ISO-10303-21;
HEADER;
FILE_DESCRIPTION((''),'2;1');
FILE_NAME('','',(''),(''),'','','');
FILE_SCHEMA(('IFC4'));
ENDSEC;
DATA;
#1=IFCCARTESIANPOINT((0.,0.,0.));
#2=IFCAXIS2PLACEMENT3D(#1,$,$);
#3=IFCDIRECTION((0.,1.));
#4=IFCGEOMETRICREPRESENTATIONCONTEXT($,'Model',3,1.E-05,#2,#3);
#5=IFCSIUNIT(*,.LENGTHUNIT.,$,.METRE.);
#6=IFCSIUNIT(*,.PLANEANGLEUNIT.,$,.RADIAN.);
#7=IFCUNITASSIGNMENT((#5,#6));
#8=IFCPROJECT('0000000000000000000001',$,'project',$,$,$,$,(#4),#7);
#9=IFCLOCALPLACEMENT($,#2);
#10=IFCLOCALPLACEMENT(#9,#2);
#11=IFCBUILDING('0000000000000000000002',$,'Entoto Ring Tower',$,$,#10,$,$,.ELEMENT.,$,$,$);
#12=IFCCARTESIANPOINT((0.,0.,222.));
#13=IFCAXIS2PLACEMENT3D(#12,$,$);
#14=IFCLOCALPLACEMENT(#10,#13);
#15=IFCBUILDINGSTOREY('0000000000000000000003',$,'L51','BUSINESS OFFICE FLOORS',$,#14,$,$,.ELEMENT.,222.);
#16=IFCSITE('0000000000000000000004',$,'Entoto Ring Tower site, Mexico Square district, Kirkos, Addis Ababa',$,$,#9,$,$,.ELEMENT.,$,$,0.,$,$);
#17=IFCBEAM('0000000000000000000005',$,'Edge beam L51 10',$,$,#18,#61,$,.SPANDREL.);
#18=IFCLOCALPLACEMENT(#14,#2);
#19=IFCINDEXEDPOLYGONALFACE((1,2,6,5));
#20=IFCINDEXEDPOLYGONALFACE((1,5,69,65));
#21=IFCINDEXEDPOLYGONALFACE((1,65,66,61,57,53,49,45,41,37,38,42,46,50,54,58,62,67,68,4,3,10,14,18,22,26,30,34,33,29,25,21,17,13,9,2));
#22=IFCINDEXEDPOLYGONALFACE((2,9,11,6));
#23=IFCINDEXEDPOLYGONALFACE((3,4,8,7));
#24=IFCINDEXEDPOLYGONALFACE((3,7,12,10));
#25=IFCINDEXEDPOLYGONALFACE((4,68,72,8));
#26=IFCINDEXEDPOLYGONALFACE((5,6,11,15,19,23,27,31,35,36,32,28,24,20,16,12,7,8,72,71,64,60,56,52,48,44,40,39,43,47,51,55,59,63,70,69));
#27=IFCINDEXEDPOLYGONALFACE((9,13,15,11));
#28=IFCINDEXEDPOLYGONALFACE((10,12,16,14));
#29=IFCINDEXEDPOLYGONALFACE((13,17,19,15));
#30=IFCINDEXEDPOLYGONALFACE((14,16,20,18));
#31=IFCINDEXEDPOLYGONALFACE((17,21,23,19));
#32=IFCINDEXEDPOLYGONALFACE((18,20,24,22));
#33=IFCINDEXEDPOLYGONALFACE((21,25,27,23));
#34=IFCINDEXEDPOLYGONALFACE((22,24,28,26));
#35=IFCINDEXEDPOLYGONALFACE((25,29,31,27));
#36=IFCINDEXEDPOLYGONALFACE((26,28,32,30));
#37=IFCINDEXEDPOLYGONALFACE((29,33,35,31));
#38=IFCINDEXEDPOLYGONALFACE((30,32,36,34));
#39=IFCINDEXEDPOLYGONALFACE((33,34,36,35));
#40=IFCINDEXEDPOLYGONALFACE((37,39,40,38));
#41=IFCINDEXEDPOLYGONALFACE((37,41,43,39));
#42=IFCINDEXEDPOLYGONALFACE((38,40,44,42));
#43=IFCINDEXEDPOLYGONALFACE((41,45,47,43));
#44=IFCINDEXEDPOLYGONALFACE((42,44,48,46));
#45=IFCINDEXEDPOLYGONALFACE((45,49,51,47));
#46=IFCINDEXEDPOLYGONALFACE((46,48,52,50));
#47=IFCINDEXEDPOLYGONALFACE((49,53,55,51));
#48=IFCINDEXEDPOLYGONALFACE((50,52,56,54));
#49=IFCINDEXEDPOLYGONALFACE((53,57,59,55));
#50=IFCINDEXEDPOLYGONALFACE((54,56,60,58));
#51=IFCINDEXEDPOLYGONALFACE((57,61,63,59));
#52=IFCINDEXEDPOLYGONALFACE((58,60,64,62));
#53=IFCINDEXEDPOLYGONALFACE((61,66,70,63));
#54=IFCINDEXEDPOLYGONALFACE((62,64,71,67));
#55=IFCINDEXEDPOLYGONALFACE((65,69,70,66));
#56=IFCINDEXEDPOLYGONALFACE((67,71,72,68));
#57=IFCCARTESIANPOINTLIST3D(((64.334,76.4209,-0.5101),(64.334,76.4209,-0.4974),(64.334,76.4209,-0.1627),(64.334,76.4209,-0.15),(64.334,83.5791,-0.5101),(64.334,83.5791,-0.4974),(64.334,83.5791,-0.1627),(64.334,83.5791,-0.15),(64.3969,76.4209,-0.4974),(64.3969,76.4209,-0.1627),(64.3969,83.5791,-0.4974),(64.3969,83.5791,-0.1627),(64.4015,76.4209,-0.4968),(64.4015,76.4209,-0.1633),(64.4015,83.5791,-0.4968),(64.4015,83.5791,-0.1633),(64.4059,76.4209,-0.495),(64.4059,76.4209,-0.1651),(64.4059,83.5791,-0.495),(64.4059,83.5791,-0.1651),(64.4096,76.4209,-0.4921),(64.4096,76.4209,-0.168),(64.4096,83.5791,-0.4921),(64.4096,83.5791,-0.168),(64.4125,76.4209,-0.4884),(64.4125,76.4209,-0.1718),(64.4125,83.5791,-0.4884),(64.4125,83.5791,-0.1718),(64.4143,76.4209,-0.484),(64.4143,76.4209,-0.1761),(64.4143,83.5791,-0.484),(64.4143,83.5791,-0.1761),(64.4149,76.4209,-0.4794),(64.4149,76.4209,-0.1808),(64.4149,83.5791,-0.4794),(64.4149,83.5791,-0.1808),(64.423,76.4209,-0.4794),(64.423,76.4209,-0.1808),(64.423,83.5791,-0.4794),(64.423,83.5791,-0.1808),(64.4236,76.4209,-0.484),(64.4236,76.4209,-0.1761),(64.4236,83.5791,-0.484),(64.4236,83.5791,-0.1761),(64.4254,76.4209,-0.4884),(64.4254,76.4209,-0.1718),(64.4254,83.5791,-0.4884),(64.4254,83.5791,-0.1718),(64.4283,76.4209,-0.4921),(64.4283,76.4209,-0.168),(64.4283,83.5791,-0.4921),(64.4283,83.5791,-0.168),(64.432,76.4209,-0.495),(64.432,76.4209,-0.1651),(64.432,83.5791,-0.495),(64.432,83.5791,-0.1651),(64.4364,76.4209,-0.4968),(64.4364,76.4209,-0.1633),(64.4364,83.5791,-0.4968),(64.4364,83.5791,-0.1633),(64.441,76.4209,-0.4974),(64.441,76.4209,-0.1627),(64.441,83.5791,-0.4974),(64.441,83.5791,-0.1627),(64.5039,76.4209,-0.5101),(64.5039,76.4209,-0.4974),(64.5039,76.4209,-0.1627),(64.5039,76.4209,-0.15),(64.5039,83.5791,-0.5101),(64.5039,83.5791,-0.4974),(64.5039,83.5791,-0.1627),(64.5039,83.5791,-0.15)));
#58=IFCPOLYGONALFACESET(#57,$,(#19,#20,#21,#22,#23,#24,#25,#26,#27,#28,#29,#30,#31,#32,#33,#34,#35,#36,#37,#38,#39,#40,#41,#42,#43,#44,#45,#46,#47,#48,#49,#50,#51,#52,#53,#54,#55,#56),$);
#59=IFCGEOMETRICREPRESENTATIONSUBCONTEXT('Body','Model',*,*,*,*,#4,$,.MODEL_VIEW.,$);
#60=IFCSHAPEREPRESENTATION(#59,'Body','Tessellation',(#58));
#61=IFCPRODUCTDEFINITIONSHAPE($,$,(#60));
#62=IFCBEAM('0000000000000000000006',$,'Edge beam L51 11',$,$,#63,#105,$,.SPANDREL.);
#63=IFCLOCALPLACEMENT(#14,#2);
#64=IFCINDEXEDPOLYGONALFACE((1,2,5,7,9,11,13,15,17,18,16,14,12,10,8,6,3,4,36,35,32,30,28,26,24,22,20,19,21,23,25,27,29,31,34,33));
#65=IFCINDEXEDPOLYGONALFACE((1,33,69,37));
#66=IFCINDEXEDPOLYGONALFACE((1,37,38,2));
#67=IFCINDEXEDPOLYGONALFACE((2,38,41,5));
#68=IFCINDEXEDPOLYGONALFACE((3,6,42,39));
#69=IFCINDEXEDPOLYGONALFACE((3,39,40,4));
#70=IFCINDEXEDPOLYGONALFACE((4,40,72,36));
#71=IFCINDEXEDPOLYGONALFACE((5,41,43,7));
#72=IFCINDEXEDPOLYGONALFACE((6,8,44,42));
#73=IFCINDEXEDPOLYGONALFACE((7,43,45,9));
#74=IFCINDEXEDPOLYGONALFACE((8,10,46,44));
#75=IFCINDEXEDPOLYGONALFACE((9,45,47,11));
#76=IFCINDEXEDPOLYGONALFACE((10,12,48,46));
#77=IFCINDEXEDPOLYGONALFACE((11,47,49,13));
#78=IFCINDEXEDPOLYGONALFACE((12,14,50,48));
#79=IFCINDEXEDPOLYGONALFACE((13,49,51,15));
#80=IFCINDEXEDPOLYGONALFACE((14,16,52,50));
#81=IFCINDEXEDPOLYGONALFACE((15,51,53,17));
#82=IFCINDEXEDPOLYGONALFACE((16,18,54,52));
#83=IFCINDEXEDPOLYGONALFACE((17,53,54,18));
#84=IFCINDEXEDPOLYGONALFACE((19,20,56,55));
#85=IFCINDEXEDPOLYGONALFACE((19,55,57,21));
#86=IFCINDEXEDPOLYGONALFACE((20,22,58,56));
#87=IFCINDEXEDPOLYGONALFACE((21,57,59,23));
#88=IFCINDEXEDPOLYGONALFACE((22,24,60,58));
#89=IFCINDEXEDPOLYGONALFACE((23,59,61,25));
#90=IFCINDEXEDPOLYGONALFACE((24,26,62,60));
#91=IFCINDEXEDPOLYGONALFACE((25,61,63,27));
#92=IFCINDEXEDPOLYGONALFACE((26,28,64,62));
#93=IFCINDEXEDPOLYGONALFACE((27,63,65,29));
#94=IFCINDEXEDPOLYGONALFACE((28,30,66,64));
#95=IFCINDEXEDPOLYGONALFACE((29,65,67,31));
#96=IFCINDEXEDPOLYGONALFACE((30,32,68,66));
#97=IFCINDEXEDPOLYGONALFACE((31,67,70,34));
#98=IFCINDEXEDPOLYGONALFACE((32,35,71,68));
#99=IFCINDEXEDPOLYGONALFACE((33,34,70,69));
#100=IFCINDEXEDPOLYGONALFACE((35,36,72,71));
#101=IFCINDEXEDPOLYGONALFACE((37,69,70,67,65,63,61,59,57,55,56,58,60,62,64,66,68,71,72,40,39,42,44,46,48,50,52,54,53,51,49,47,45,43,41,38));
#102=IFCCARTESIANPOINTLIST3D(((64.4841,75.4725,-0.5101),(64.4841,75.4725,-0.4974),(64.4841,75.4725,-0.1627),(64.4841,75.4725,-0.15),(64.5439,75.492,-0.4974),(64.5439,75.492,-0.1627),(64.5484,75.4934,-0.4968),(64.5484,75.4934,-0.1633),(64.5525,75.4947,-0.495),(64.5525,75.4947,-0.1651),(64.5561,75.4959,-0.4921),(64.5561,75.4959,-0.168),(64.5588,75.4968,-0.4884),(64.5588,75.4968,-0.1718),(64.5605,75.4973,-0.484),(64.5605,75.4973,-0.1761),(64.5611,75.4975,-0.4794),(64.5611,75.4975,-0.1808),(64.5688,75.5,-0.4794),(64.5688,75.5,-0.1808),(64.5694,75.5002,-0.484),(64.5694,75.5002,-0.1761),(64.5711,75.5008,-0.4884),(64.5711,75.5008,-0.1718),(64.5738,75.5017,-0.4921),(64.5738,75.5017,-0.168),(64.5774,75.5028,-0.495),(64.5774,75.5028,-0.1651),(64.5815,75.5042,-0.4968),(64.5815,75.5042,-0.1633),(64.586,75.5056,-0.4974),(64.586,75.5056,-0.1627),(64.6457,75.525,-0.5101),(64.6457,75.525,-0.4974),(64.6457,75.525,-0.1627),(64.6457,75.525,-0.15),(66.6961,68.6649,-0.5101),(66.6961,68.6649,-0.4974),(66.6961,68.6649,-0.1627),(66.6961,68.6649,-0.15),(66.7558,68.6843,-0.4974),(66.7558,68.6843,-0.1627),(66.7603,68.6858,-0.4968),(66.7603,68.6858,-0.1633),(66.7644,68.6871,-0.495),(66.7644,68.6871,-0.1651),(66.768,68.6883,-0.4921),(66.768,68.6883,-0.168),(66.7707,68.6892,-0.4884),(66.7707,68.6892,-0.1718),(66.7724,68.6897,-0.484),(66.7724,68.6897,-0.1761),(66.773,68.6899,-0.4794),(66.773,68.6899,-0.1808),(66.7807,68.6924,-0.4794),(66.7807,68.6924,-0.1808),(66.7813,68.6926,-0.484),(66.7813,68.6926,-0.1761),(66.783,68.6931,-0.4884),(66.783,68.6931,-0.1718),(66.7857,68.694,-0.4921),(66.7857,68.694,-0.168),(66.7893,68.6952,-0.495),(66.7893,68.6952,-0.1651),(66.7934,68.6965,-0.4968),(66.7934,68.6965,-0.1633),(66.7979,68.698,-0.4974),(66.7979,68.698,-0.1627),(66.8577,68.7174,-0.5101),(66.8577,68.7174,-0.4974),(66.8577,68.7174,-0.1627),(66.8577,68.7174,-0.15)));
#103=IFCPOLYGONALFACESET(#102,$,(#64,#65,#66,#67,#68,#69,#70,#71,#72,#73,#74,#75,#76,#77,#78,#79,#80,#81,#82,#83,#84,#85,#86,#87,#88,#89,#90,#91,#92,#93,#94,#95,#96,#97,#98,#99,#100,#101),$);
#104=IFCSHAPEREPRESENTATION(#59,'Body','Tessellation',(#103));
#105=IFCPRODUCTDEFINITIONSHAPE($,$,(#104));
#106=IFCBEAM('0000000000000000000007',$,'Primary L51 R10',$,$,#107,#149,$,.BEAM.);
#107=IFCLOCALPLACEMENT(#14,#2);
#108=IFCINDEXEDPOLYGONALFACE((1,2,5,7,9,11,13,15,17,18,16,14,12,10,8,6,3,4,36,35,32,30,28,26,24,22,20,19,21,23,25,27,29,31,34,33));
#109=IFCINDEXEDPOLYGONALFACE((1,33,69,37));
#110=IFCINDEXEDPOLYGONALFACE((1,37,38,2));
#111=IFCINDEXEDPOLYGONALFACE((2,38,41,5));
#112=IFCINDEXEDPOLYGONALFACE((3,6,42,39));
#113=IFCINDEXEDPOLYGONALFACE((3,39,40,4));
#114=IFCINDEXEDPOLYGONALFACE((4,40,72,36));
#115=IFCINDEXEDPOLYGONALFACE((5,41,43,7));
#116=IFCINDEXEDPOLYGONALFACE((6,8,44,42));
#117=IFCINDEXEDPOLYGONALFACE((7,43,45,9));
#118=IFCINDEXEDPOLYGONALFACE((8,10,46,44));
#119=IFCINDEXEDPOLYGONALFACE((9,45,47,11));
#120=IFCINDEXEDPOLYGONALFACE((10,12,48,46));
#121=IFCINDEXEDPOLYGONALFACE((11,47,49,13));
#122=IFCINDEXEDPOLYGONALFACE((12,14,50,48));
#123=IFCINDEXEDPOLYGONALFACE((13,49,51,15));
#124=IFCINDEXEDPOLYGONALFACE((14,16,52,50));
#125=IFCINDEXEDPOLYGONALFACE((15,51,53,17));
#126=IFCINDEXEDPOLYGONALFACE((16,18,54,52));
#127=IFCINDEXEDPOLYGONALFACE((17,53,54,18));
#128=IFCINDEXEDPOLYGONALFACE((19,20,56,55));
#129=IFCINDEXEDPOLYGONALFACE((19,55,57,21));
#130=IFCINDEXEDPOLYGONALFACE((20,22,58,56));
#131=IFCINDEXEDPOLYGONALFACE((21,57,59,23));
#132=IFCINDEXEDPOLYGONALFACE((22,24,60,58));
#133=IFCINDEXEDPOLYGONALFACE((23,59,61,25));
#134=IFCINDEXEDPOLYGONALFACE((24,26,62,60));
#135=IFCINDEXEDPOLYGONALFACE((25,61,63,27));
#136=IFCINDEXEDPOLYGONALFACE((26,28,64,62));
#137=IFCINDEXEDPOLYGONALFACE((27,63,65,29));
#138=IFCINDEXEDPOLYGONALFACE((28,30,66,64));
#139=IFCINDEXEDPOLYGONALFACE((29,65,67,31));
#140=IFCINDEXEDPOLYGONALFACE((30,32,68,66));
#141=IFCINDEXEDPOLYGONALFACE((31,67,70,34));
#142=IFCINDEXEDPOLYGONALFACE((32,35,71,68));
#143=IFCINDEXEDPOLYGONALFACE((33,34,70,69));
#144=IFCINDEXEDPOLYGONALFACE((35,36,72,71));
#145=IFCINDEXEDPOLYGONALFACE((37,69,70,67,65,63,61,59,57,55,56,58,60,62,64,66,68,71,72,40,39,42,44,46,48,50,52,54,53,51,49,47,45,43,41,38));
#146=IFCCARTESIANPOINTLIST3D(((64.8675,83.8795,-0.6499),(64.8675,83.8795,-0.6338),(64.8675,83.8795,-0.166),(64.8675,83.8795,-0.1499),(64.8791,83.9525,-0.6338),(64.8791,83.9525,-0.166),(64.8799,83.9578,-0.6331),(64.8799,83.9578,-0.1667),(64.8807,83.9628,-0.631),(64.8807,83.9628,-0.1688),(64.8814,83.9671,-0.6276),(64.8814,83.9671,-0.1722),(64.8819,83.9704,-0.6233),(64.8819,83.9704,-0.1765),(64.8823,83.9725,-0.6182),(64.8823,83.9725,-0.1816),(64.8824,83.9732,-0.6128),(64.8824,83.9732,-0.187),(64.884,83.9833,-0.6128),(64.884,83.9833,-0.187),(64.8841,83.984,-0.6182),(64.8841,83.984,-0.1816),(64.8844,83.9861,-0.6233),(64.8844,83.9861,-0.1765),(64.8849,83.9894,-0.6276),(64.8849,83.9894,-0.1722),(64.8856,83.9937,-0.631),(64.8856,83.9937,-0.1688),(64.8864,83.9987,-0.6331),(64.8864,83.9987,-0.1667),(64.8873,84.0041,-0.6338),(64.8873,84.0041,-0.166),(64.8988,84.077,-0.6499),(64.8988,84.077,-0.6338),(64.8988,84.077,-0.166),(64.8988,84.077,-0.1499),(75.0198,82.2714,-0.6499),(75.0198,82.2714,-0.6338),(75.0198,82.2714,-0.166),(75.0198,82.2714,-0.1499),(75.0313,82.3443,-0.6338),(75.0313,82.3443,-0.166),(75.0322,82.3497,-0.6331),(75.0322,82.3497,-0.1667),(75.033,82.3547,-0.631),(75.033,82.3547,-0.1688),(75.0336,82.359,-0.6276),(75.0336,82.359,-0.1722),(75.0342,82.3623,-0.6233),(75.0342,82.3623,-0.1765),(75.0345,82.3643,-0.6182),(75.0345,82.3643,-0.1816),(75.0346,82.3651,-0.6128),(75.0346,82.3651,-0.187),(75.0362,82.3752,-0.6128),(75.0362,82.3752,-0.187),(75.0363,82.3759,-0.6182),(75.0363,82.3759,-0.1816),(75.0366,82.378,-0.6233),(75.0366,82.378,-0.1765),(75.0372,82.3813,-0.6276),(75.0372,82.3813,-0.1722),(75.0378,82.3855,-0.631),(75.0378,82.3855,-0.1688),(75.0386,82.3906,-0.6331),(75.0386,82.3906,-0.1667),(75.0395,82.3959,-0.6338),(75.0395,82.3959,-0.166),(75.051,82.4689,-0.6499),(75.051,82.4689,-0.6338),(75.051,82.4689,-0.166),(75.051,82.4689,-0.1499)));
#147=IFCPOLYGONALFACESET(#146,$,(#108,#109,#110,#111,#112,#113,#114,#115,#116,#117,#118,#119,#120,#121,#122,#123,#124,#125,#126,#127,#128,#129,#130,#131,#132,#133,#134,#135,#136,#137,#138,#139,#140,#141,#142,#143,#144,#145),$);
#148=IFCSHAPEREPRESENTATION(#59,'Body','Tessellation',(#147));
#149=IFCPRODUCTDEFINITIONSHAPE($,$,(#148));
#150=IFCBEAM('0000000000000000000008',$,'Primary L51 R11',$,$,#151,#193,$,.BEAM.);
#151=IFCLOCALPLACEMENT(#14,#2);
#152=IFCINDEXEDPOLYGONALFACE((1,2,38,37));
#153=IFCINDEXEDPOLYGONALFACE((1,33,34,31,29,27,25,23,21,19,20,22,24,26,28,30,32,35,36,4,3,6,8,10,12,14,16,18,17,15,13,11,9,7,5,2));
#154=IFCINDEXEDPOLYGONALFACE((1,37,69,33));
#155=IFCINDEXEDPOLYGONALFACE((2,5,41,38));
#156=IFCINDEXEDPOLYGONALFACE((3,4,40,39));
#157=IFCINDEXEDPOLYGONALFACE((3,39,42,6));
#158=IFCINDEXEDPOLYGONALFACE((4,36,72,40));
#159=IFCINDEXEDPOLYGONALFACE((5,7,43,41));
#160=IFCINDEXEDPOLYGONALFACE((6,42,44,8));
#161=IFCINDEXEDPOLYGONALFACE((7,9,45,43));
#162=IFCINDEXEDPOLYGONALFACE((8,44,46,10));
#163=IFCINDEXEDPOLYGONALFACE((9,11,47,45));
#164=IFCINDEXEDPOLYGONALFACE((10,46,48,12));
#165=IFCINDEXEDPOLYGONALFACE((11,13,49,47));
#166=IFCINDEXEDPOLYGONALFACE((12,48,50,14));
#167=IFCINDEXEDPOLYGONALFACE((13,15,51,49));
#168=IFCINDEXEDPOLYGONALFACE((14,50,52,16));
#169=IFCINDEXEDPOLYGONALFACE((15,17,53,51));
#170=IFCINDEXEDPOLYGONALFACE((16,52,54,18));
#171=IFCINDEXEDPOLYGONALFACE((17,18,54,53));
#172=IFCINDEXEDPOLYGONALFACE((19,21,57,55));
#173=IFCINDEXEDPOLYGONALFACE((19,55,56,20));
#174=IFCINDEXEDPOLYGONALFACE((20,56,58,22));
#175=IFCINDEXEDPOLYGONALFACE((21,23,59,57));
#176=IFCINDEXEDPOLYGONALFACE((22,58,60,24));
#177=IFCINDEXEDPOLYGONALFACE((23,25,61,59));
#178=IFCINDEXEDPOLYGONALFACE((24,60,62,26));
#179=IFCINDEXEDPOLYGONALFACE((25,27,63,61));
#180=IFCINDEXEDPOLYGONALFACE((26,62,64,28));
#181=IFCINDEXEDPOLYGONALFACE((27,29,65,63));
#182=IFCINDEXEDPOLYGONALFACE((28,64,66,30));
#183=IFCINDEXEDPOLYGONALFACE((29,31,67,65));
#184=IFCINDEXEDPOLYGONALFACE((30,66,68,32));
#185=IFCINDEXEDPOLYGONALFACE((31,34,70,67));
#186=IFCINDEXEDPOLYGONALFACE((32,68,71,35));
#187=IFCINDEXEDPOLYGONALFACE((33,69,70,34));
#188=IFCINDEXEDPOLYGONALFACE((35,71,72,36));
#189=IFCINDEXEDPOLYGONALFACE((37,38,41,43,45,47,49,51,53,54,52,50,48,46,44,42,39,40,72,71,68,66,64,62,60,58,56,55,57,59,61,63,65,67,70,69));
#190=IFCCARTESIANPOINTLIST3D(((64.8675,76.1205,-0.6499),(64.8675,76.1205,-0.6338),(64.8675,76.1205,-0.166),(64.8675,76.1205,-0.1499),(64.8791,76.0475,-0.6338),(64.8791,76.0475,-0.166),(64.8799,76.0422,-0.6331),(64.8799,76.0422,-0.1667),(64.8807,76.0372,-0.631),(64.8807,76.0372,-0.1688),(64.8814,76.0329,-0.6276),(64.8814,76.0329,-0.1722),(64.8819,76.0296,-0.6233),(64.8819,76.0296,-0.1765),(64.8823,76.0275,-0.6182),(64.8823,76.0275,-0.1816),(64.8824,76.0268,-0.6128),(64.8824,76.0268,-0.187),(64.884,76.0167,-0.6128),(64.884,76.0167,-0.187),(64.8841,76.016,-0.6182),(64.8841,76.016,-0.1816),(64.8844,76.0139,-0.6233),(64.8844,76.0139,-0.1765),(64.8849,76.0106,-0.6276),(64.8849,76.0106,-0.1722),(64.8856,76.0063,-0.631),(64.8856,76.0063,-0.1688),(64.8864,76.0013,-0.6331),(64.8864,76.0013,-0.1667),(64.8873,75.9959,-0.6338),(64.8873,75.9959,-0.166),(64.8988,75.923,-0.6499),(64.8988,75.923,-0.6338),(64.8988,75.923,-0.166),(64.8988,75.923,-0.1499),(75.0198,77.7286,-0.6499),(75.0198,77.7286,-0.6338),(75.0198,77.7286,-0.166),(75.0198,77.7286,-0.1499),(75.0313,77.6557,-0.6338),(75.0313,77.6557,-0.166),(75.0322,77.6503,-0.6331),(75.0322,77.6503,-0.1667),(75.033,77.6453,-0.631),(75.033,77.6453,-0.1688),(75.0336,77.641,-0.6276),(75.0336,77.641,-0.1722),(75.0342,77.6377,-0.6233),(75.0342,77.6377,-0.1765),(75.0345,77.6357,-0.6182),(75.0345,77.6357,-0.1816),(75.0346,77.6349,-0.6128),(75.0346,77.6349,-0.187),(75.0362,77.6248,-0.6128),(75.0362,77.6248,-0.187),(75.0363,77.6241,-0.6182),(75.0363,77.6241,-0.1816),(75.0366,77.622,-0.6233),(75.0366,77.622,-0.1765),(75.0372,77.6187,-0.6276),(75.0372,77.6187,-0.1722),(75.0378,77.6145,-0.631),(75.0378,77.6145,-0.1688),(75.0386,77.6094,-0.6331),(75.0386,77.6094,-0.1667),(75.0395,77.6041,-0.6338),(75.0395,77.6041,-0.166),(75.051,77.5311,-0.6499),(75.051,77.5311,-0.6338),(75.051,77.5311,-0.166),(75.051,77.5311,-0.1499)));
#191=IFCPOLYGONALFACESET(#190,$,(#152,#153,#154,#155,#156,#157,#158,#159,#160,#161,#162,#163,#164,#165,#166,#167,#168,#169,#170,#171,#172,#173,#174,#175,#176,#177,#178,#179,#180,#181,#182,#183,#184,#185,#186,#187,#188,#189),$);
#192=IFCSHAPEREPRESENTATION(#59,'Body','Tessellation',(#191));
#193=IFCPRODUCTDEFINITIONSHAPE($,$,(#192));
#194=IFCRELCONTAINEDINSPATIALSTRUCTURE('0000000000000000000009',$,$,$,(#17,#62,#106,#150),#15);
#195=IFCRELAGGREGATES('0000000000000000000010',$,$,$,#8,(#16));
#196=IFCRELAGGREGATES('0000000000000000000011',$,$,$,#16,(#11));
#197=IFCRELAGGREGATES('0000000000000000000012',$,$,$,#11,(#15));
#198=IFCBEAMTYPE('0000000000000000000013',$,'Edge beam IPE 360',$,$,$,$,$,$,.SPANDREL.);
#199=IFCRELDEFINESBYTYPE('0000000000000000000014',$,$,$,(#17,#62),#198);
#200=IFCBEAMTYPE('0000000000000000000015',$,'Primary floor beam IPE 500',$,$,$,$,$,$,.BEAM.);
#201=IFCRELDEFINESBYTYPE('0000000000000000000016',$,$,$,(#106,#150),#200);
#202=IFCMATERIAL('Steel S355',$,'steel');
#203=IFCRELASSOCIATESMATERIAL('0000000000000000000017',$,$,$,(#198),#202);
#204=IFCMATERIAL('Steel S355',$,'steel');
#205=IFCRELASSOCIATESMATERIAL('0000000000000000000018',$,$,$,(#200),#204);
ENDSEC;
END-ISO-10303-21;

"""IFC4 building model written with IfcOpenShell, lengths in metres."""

from ifc_helpers import new_model, si_unit, direction, frame, origin, origin_2d, place, context, subcontext, project, spatial, i_section, extrude, material, material_profile, profile_set, type_object, element, save


model = new_model("IFC4")

# Units and contexts
model_context = context("Model", 3, precision=1e-05, world=origin(), true_north=direction((0.0, 1.0)))
body_context = subcontext(model_context, "Body", "Model", "MODEL_VIEW")
ifc_project = project(units=[si_unit("LENGTHUNIT", "METRE"), si_unit("PLANEANGLEUNIT", "RADIAN")], contexts=[model_context])

# Site, building, storey
site_placement = place(None, origin())
site = spatial("IfcSite", under=ifc_project, at=site_placement, Name="Entoto Ring Tower site, Mexico Square district, Kirkos, Addis Ababa", CompositionType="ELEMENT", RefElevation=0.0)
building_placement = place(site_placement, origin())
building = spatial("IfcBuilding", under=site, at=building_placement, Name="Entoto Ring Tower", CompositionType="ELEMENT")
storey_placement = place(building_placement, frame((0.0, 0.0, 222.0)))
storey = spatial("IfcBuildingStorey", under=building, at=storey_placement, Name="L51", Description="BUSINESS OFFICE FLOORS", CompositionType="ELEMENT", Elevation=222.0)

# Beams
ifc_material_1 = material(Name="Steel S355", Category="steel")
ifc_material_profile_1 = material_profile(ifc_material_1, i_section(OverallWidth=0.1699, OverallDepth=0.3601, WebThickness=0.0081, FlangeThickness=0.0127, FilletRadius=0.0181, at=origin_2d()), Name="IPE 360")
ifc_profile_set_1 = profile_set([ifc_material_profile_1], Name="Steel S355")
beam_type_1 = type_object("IfcBeamType", Name="Edge beam IPE 360", PredefinedType="SPANDREL", material=ifc_profile_set_1)
beam_1_placement = place(storey_placement, frame((64.4189, 83.5791, -0.3301), z_axis=(0.0, -1.0, 0.0), x_axis=(1.0, 0.0, 0.0)))
element("IfcBeam", 1, at=beam_1_placement, inside=storey, type_object=beam_type_1, Name="Edge beam L51 10", PredefinedType="SPANDREL", context=body_context, shape_type="SweptSolid", body=[
    extrude(i_section(OverallWidth=0.1699, OverallDepth=0.3601, WebThickness=0.0081, FlangeThickness=0.0127, FilletRadius=0.0181, at=origin_2d()), origin(), (0.0, 0.0, 1.0), 7.1582),
])
beam_2_placement = place(storey_placement, frame((64.5649, 75.4988, -0.3301), z_axis=(0.309015, -0.951057, 0.0), x_axis=(0.951057, 0.309015, 0.0)))
element("IfcBeam", 2, at=beam_2_placement, inside=storey, type_object=beam_type_1, Name="Edge beam L51 11", PredefinedType="SPANDREL", context=body_context, shape_type="SweptSolid", body=[
    extrude(i_section(OverallWidth=0.1699, OverallDepth=0.3601, WebThickness=0.0081, FlangeThickness=0.0127, FilletRadius=0.0181, at=origin_2d()), origin(), (0.0, 0.0, 1.0), 7.158),
])
ifc_material_2 = material(Name="Steel S355", Category="steel")
ifc_material_profile_2 = material_profile(ifc_material_2, i_section(OverallWidth=0.2, OverallDepth=0.5, WebThickness=0.0103, FlangeThickness=0.0161, FilletRadius=0.021, at=origin_2d()), Name="IPE 500")
ifc_profile_set_2 = profile_set([ifc_material_profile_2], Name="Steel S355")
beam_type_2 = type_object("IfcBeamType", Name="Primary floor beam IPE 500", PredefinedType="BEAM", material=ifc_profile_set_2)
for number, where, z_axis, x_axis, name in (
    (3, (75.0354, 82.3701, -0.3999), (-0.987686, 0.156452, 0.0), (-0.156452, -0.987686, 0.0), "Primary L51 R10"),
    (4, (75.0354, 77.6299, -0.3999), (-0.987686, -0.156452, 0.0), (0.156452, -0.987686, 0.0), "Primary L51 R11"),
):
    element("IfcBeam", number, at=place(storey_placement, frame(where, z_axis=z_axis, x_axis=x_axis)), inside=storey, type_object=beam_type_2, Name=name, PredefinedType="BEAM", context=body_context, shape_type="SweptSolid", body=[
        extrude(i_section(OverallWidth=0.2, OverallDepth=0.5, WebThickness=0.0103, FlangeThickness=0.0161, FilletRadius=0.021, at=origin_2d()), origin(), (0.0, 0.0, 1.0), 10.2788),
    ])

save(model, "model.ifc")
